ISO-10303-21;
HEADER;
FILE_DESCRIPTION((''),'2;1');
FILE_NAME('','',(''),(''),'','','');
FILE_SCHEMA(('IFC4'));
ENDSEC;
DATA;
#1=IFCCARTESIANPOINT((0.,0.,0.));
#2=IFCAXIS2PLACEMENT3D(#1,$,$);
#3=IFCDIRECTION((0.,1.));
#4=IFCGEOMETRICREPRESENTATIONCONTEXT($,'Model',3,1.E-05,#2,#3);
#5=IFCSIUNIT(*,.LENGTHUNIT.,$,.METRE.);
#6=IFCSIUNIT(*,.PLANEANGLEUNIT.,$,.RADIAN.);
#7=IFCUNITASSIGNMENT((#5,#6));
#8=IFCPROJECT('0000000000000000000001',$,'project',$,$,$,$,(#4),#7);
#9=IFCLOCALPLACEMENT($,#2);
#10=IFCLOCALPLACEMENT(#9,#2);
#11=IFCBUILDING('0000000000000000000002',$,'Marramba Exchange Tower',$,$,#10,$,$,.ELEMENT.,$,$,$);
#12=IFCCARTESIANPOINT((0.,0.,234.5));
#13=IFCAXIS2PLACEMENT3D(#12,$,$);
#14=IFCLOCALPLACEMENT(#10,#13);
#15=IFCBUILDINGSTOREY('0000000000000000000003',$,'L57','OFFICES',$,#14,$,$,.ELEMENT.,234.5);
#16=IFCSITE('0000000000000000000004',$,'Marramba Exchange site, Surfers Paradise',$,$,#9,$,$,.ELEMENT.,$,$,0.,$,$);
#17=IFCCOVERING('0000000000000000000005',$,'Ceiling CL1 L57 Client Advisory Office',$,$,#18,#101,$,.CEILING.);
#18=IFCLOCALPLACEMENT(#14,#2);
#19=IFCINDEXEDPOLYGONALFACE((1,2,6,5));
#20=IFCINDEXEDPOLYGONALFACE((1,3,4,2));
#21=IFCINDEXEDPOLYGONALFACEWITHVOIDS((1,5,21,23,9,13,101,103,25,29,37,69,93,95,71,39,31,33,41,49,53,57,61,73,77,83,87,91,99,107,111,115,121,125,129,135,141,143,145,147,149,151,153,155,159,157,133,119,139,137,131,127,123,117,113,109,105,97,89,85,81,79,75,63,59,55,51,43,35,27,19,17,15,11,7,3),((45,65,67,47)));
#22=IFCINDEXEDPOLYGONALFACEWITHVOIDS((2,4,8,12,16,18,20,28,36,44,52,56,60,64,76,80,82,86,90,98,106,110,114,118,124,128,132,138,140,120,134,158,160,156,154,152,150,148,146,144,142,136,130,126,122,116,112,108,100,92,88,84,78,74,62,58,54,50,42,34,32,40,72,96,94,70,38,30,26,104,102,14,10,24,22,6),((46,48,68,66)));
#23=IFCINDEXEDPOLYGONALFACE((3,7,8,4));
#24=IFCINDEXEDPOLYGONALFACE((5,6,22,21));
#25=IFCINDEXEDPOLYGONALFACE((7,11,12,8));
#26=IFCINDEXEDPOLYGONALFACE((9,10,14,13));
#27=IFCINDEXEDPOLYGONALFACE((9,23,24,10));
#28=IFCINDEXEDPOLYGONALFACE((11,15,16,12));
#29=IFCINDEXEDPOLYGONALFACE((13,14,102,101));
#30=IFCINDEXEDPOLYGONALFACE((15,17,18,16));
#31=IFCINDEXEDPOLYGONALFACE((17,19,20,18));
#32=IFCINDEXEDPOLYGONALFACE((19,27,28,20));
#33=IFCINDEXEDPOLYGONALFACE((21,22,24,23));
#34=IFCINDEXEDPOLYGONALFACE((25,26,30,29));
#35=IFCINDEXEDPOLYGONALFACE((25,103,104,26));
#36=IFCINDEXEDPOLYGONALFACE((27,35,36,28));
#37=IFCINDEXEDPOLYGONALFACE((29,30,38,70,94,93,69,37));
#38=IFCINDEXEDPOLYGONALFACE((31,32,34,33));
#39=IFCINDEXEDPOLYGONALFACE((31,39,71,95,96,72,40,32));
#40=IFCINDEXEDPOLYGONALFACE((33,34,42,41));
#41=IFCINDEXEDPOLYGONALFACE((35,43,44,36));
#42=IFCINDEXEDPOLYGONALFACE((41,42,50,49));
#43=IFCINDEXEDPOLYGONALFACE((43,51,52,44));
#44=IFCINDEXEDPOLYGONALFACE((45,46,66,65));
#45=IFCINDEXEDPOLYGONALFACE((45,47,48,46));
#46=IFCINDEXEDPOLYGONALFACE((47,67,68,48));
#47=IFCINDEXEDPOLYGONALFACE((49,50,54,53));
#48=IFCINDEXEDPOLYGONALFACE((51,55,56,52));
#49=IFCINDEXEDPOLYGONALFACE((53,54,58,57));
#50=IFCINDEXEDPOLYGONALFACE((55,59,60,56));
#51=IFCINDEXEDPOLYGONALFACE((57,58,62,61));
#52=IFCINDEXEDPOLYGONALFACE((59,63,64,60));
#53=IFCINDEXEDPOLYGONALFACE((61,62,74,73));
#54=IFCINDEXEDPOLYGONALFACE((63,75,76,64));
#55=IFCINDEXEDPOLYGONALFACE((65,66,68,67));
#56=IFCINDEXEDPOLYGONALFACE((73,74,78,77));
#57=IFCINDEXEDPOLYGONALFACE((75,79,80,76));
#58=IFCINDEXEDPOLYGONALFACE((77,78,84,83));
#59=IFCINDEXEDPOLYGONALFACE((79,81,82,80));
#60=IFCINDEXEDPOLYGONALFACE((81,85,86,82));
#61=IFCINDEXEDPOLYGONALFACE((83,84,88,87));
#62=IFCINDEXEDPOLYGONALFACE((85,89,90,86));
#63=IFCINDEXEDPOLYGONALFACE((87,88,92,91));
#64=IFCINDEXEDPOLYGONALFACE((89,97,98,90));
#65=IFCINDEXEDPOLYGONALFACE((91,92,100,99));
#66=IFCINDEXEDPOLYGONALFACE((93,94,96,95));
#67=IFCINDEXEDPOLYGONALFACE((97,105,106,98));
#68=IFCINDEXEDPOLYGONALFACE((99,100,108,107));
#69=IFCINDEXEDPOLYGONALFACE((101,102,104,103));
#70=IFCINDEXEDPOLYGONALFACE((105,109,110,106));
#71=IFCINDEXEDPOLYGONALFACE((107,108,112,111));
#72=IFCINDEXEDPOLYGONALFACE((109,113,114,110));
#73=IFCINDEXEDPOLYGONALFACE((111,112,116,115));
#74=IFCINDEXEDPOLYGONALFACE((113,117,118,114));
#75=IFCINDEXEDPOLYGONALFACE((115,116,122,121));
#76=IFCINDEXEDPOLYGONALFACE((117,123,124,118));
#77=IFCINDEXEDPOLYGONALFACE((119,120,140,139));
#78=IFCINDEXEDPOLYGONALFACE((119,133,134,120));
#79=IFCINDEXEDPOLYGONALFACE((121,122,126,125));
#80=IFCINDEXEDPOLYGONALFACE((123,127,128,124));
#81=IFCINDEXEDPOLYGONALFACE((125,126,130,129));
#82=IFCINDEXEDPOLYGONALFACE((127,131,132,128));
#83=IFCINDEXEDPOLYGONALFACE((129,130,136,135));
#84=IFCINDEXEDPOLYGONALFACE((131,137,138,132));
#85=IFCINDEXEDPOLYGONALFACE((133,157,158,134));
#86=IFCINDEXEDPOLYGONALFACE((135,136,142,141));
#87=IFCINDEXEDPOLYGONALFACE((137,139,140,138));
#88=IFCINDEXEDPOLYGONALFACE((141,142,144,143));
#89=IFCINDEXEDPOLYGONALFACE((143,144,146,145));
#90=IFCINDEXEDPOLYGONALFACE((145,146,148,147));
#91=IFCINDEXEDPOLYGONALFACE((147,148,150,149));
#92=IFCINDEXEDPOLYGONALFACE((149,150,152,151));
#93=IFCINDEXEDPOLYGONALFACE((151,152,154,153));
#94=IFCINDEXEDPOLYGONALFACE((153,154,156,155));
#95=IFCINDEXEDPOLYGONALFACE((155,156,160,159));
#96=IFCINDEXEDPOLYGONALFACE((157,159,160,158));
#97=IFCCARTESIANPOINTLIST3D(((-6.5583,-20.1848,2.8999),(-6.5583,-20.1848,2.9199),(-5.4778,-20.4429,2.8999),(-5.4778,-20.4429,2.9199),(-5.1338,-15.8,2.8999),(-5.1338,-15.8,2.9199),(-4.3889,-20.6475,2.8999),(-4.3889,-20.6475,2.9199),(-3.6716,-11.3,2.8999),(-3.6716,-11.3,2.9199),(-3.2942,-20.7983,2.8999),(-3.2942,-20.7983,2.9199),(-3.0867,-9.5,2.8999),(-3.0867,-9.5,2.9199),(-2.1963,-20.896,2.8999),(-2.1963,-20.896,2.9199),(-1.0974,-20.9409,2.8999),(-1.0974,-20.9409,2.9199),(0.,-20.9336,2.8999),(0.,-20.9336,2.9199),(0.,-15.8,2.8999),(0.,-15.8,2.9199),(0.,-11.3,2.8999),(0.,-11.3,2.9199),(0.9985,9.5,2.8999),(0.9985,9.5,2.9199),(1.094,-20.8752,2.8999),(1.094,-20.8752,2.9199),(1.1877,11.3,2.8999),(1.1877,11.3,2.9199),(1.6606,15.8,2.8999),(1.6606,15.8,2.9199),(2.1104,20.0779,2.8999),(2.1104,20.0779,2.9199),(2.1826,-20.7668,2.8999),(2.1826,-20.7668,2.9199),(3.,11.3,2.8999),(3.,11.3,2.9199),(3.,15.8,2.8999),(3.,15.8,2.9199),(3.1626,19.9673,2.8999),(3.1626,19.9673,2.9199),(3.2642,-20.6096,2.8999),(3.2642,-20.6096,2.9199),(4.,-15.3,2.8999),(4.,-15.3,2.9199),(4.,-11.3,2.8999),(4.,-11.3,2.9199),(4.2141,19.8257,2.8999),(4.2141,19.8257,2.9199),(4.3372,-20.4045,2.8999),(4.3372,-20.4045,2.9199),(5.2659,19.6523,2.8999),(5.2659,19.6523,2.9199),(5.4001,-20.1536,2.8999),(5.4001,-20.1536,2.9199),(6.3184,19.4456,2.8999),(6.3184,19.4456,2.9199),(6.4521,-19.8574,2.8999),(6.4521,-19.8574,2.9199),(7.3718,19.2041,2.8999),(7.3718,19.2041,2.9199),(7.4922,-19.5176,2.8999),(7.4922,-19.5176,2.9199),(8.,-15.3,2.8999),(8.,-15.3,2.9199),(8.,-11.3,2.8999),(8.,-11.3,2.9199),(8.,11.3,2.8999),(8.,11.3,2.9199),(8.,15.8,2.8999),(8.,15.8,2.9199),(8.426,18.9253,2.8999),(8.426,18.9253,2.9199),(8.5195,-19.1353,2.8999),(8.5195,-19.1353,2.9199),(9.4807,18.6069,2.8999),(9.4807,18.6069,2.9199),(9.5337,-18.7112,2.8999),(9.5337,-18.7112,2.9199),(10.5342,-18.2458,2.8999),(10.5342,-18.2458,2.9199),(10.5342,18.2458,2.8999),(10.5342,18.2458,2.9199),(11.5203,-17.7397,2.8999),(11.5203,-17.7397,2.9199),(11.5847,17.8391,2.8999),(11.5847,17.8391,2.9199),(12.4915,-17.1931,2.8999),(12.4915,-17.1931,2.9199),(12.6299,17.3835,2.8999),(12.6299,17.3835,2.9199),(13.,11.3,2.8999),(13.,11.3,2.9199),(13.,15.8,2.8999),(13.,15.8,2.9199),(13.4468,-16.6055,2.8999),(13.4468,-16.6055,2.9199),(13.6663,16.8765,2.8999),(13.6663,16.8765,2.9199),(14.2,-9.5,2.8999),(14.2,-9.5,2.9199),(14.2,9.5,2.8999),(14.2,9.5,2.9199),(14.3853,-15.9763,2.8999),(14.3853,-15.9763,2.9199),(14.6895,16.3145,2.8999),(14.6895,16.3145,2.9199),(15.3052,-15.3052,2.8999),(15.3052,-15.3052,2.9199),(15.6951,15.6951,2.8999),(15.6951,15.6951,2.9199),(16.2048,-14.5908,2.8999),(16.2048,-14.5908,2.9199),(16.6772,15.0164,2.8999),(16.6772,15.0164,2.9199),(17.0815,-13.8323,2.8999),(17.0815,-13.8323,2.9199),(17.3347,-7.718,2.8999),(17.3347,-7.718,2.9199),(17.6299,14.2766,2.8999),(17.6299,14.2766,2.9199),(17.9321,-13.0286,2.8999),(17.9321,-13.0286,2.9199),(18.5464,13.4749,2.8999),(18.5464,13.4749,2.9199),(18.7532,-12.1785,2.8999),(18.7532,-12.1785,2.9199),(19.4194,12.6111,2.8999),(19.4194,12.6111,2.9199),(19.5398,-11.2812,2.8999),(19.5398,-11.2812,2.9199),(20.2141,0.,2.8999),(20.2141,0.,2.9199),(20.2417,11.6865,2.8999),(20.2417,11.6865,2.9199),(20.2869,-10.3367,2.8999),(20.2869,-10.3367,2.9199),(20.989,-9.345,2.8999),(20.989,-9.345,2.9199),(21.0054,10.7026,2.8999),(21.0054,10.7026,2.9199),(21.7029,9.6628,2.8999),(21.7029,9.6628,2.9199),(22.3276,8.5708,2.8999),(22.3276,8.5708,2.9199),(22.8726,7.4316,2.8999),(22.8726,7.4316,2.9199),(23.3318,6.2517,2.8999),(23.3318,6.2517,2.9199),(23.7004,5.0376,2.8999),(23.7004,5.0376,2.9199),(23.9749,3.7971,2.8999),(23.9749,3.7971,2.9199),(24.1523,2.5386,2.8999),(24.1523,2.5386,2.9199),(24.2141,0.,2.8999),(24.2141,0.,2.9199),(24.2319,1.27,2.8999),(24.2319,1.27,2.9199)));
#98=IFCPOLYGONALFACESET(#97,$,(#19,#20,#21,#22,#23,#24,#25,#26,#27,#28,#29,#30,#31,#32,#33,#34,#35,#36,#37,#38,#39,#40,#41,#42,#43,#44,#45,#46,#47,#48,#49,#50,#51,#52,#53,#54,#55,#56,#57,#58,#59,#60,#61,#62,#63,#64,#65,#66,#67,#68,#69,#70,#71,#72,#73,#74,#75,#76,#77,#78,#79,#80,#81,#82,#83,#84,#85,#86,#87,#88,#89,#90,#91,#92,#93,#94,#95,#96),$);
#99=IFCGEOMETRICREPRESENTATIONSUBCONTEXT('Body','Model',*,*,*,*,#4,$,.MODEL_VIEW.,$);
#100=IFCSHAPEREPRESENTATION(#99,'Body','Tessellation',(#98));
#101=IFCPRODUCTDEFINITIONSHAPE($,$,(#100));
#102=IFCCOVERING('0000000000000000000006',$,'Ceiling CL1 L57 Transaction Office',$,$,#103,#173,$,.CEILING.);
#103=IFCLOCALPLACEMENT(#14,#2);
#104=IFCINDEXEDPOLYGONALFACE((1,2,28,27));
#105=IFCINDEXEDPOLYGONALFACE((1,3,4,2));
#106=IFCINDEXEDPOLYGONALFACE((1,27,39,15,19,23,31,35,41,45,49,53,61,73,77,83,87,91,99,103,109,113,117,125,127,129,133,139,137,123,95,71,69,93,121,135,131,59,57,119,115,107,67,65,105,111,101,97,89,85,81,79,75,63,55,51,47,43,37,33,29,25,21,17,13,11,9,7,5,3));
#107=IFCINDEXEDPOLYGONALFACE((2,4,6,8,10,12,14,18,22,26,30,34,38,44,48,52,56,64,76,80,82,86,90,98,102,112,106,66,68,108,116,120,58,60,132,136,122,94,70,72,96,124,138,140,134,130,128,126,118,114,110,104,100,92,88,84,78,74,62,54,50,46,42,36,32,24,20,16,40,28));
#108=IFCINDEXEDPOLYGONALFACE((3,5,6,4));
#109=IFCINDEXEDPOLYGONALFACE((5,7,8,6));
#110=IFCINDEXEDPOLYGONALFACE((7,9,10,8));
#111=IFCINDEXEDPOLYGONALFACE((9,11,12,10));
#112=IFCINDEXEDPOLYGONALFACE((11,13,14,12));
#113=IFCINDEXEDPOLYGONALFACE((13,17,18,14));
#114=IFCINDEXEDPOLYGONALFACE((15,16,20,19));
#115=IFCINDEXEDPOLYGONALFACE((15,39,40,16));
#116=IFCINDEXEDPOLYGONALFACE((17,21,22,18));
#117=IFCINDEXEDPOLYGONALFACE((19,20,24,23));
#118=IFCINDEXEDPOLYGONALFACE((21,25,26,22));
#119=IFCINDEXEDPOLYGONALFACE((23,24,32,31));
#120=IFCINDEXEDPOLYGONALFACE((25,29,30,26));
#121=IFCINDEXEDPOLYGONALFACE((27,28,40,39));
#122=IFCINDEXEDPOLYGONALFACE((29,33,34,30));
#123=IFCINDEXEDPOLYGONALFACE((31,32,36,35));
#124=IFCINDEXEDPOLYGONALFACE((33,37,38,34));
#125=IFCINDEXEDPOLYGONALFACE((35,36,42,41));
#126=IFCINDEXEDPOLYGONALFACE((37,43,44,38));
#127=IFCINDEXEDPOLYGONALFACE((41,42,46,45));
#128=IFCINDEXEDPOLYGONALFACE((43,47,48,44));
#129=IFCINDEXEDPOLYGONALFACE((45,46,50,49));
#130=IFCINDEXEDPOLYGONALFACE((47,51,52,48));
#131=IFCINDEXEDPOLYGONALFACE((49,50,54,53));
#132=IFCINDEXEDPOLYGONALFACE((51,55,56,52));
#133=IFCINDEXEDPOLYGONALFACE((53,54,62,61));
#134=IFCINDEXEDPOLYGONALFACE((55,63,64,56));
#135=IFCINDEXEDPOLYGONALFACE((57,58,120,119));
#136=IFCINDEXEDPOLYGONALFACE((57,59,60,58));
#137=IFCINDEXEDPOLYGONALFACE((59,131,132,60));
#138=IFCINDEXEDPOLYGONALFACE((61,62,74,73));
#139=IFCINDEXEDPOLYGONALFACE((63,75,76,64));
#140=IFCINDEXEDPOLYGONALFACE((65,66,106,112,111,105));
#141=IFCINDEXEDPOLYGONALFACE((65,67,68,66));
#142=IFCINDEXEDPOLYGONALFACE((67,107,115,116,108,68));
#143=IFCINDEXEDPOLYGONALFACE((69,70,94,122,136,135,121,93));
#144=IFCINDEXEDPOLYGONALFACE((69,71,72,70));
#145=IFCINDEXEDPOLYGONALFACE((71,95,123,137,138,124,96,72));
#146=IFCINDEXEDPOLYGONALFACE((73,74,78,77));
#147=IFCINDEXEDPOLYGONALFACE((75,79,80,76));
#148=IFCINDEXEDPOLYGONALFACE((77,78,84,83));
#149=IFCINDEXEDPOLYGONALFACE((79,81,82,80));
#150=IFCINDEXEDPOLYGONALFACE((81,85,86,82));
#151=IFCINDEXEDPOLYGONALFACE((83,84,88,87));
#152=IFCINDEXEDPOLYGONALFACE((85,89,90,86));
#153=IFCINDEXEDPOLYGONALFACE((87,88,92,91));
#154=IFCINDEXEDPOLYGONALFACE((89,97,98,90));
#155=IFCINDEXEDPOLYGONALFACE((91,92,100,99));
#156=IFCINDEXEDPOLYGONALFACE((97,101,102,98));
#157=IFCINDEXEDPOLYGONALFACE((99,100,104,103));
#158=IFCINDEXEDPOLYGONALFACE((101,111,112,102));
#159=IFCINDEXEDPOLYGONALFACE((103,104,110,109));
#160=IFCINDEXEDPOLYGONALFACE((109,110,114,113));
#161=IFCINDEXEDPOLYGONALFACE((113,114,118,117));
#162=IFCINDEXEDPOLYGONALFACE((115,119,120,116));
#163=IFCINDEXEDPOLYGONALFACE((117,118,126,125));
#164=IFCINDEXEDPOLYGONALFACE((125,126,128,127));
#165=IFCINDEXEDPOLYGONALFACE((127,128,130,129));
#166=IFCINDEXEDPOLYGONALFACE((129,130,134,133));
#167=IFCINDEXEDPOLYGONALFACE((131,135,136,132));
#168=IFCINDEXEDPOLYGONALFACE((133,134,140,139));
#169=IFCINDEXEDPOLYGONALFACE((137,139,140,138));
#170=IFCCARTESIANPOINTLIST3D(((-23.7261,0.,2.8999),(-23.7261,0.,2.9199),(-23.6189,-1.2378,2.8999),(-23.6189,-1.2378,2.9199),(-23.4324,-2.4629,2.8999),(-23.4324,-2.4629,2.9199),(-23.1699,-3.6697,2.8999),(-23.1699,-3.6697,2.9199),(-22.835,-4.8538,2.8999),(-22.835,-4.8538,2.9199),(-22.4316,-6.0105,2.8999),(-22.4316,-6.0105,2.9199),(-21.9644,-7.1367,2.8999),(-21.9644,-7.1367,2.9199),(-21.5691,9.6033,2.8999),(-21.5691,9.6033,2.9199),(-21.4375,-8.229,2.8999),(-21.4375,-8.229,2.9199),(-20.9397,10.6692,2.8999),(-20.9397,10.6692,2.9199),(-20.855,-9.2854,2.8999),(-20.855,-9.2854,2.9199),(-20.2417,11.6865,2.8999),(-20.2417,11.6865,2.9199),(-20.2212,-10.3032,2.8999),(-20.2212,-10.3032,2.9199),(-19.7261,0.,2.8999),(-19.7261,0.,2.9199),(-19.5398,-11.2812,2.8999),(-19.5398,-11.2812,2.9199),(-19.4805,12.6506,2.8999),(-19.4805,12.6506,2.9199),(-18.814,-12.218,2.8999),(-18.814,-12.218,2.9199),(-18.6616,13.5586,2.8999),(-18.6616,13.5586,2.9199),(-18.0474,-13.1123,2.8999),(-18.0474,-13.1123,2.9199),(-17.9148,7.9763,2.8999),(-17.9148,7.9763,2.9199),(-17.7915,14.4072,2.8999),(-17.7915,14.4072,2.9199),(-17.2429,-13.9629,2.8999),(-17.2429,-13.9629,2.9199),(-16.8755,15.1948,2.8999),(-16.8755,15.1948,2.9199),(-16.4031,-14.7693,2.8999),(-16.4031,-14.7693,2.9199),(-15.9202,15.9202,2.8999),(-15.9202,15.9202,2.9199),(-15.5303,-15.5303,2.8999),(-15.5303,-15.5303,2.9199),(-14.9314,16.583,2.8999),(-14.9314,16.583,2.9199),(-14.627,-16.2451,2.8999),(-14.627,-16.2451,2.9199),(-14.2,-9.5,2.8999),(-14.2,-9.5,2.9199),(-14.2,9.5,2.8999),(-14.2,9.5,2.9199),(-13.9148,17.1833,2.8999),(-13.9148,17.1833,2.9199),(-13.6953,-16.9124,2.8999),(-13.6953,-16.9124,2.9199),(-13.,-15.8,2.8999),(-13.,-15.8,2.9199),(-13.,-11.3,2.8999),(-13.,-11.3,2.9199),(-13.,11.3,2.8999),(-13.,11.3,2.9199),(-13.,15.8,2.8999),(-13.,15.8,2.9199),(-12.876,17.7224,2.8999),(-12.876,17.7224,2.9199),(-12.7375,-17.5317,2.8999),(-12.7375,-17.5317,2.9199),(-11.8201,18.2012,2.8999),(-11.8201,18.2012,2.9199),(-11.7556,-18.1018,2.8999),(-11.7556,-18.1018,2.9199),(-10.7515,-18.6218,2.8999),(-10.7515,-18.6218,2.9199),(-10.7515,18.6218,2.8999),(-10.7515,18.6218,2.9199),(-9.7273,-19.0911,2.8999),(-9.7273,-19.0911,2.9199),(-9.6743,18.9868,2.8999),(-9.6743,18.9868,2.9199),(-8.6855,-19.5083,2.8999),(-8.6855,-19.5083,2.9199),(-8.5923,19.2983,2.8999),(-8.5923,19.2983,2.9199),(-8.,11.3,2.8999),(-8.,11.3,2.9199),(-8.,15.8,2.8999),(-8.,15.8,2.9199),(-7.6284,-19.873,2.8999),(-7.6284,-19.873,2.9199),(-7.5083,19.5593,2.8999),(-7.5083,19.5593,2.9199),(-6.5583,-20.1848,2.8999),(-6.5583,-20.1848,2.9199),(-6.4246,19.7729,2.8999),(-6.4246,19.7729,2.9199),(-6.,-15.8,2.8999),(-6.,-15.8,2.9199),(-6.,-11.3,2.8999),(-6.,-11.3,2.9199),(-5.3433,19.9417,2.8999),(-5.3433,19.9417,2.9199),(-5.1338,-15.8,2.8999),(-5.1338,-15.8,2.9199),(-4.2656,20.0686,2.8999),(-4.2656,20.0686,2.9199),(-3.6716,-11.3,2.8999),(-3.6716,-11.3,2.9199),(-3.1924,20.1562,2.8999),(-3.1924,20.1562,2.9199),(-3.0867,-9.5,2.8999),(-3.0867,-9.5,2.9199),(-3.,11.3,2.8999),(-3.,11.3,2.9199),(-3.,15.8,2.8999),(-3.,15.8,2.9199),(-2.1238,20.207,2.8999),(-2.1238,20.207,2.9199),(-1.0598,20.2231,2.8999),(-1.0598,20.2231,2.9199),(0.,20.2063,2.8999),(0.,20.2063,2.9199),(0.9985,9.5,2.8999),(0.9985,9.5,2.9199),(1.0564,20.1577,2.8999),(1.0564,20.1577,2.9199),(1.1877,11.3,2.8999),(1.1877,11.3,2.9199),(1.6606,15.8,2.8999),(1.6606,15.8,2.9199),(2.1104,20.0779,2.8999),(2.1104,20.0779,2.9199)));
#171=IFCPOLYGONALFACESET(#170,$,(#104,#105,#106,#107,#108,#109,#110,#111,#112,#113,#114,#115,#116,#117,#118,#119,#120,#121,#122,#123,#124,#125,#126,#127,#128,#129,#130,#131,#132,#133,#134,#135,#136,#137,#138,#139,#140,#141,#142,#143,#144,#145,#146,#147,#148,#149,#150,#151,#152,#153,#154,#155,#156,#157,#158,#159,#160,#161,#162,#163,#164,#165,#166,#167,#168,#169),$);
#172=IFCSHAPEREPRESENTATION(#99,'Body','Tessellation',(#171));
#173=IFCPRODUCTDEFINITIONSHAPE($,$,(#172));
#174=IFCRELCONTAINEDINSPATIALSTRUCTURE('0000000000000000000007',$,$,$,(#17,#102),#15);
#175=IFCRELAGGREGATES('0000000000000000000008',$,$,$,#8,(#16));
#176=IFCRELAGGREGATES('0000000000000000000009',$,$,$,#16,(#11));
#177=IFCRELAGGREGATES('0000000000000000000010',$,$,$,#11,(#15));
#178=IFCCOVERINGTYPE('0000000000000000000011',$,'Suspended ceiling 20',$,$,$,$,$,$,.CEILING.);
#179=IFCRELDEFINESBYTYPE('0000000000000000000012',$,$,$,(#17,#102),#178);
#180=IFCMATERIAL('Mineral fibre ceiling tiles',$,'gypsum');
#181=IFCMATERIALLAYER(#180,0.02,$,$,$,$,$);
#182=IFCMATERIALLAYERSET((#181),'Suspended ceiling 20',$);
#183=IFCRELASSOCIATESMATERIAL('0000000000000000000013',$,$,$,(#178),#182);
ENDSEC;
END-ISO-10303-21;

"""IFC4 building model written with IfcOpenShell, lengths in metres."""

from ifc_helpers import new_model, si_unit, direction, frame, origin, place, context, subcontext, project, spatial, polyline, outline, extrude, material, layer, layer_set, type_object, element, save


model = new_model("IFC4")

# Units and contexts
model_context = context("Model", 3, precision=1e-05, world=origin(), true_north=direction((0.0, 1.0)))
body_context = subcontext(model_context, "Body", "Model", "MODEL_VIEW")
ifc_project = project(units=[si_unit("LENGTHUNIT", "METRE"), si_unit("PLANEANGLEUNIT", "RADIAN")], contexts=[model_context])

# Site, building, storey
site_placement = place(None, origin())
site = spatial("IfcSite", under=ifc_project, at=site_placement, Name="Marramba Exchange site, Surfers Paradise", CompositionType="ELEMENT", RefElevation=0.0)
building_placement = place(site_placement, origin())
building = spatial("IfcBuilding", under=site, at=building_placement, Name="Marramba Exchange Tower", CompositionType="ELEMENT")
storey_placement = place(building_placement, frame((0.0, 0.0, 234.5)))
storey = spatial("IfcBuildingStorey", under=building, at=storey_placement, Name="L57", Description="OFFICES", CompositionType="ELEMENT", Elevation=234.5)

# Coverings
ifc_material_1 = material(Name="Mineral fibre ceiling tiles", Category="gypsum")
ifc_layer_1 = layer(ifc_material_1, 0.02)
ifc_layer_set_1 = layer_set([ifc_layer_1], Name="Suspended ceiling 20")
covering_type = type_object("IfcCoveringType", Name="Suspended ceiling 20", PredefinedType="CEILING", material=ifc_layer_set_1)
covering_1_placement = place(storey_placement, frame((0.0, 0.0, 2.8999)))
element("IfcCovering", 1, at=covering_1_placement, inside=storey, type_object=covering_type, Name="Ceiling CL1 L57 Client Advisory Office", PredefinedType="CEILING", context=body_context, shape_type="SweptSolid", body=[
    extrude(outline(polyline([(14.2, 9.5), (0.9985, 9.5), (1.1877, 11.3), (3.0, 11.3), (8.0, 11.3), (13.0, 11.3), (13.0, 15.8), (8.0, 15.8), (3.0, 15.8), (1.6606, 15.8), (2.1104, 20.0779), (3.1626, 19.9673), (4.2141, 19.8257), (5.2659, 19.6523), (6.3184, 19.4456), (7.3718, 19.2041), (8.426, 18.9253), (9.4807, 18.6069), (10.5342, 18.2458), (11.5847, 17.8391), (12.6299, 17.3835), (13.6663, 16.8765), (14.6895, 16.3145), (15.6951, 15.6951), (16.6772, 15.0164), (17.6299, 14.2766), (18.5464, 13.4749), (19.4194, 12.6111), (20.2417, 11.6865), (21.0054, 10.7026), (21.7029, 9.6628), (22.3276, 8.5708), (22.8726, 7.4316), (23.3318, 6.2517), (23.7004, 5.0376), (23.9749, 3.7971), (24.1523, 2.5386), (24.2319, 1.27), (24.2141, 0.0), (20.2141, 0.0), (17.3347, -7.718), (20.989, -9.345), (20.2869, -10.3367), (19.5398, -11.2812), (18.7532, -12.1785), (17.9321, -13.0286), (17.0815, -13.8323), (16.2048, -14.5908), (15.3052, -15.3052), (14.3853, -15.9763), (13.4468, -16.6055), (12.4915, -17.1931), (11.5203, -17.7397), (10.5342, -18.2458), (9.5337, -18.7112), (8.5195, -19.1353), (7.4922, -19.5176), (6.4521, -19.8574), (5.4001, -20.1536), (4.3372, -20.4045), (3.2642, -20.6096), (2.1826, -20.7668), (1.094, -20.8752), (0.0, -20.9336), (-1.0974, -20.9409), (-2.1963, -20.896), (-3.2942, -20.7983), (-4.3889, -20.6475), (-5.4778, -20.4429), (-6.5583, -20.1848), (-5.1338, -15.8), (0.0, -15.8), (0.0, -11.3), (-3.6716, -11.3), (-3.0867, -9.5), (14.2, -9.5), (14.2, 9.5)]), holes=[polyline([(4.0, -11.3), (4.0, -15.3), (8.0, -15.3), (8.0, -11.3), (4.0, -11.3)])]), origin(), (0.0, 0.0, 1.0), 0.02),
])
covering_2_placement = place(storey_placement, frame((0.0, 0.0, 2.8999)))
element("IfcCovering", 2, at=covering_2_placement, inside=storey, type_object=covering_type, Name="Ceiling CL1 L57 Transaction Office", PredefinedType="CEILING", context=body_context, shape_type="SweptSolid", body=[
    extrude(outline(polyline([(-14.2, -9.5), (-3.0867, -9.5), (-3.6716, -11.3), (-6.0, -11.3), (-13.0, -11.3), (-13.0, -15.8), (-6.0, -15.8), (-5.1338, -15.8), (-6.5583, -20.1848), (-7.6284, -19.873), (-8.6855, -19.5083), (-9.7273, -19.0911), (-10.7515, -18.6218), (-11.7556, -18.1018), (-12.7375, -17.5317), (-13.6953, -16.9124), (-14.627, -16.2451), (-15.5303, -15.5303), (-16.4031, -14.7693), (-17.2429, -13.9629), (-18.0474, -13.1123), (-18.814, -12.218), (-19.5398, -11.2812), (-20.2212, -10.3032), (-20.855, -9.2854), (-21.4375, -8.229), (-21.9644, -7.1367), (-22.4316, -6.0105), (-22.835, -4.8538), (-23.1699, -3.6697), (-23.4324, -2.4629), (-23.6189, -1.2378), (-23.7261, 0.0), (-19.7261, 0.0), (-17.9148, 7.9763), (-21.5691, 9.6033), (-20.9397, 10.6692), (-20.2417, 11.6865), (-19.4805, 12.6506), (-18.6616, 13.5586), (-17.7915, 14.4072), (-16.8755, 15.1948), (-15.9202, 15.9202), (-14.9314, 16.583), (-13.9148, 17.1833), (-12.876, 17.7224), (-11.8201, 18.2012), (-10.7515, 18.6218), (-9.6743, 18.9868), (-8.5923, 19.2983), (-7.5083, 19.5593), (-6.4246, 19.7729), (-5.3433, 19.9417), (-4.2656, 20.0686), (-3.1924, 20.1562), (-2.1238, 20.207), (-1.0598, 20.2231), (0.0, 20.2063), (1.0564, 20.1577), (2.1104, 20.0779), (1.6606, 15.8), (-3.0, 15.8), (-8.0, 15.8), (-13.0, 15.8), (-13.0, 11.3), (-8.0, 11.3), (-3.0, 11.3), (1.1877, 11.3), (0.9985, 9.5), (-14.2, 9.5), (-14.2, -9.5)])), origin(), (0.0, 0.0, 1.0), 0.02),
])

save(model, "model.ifc")
